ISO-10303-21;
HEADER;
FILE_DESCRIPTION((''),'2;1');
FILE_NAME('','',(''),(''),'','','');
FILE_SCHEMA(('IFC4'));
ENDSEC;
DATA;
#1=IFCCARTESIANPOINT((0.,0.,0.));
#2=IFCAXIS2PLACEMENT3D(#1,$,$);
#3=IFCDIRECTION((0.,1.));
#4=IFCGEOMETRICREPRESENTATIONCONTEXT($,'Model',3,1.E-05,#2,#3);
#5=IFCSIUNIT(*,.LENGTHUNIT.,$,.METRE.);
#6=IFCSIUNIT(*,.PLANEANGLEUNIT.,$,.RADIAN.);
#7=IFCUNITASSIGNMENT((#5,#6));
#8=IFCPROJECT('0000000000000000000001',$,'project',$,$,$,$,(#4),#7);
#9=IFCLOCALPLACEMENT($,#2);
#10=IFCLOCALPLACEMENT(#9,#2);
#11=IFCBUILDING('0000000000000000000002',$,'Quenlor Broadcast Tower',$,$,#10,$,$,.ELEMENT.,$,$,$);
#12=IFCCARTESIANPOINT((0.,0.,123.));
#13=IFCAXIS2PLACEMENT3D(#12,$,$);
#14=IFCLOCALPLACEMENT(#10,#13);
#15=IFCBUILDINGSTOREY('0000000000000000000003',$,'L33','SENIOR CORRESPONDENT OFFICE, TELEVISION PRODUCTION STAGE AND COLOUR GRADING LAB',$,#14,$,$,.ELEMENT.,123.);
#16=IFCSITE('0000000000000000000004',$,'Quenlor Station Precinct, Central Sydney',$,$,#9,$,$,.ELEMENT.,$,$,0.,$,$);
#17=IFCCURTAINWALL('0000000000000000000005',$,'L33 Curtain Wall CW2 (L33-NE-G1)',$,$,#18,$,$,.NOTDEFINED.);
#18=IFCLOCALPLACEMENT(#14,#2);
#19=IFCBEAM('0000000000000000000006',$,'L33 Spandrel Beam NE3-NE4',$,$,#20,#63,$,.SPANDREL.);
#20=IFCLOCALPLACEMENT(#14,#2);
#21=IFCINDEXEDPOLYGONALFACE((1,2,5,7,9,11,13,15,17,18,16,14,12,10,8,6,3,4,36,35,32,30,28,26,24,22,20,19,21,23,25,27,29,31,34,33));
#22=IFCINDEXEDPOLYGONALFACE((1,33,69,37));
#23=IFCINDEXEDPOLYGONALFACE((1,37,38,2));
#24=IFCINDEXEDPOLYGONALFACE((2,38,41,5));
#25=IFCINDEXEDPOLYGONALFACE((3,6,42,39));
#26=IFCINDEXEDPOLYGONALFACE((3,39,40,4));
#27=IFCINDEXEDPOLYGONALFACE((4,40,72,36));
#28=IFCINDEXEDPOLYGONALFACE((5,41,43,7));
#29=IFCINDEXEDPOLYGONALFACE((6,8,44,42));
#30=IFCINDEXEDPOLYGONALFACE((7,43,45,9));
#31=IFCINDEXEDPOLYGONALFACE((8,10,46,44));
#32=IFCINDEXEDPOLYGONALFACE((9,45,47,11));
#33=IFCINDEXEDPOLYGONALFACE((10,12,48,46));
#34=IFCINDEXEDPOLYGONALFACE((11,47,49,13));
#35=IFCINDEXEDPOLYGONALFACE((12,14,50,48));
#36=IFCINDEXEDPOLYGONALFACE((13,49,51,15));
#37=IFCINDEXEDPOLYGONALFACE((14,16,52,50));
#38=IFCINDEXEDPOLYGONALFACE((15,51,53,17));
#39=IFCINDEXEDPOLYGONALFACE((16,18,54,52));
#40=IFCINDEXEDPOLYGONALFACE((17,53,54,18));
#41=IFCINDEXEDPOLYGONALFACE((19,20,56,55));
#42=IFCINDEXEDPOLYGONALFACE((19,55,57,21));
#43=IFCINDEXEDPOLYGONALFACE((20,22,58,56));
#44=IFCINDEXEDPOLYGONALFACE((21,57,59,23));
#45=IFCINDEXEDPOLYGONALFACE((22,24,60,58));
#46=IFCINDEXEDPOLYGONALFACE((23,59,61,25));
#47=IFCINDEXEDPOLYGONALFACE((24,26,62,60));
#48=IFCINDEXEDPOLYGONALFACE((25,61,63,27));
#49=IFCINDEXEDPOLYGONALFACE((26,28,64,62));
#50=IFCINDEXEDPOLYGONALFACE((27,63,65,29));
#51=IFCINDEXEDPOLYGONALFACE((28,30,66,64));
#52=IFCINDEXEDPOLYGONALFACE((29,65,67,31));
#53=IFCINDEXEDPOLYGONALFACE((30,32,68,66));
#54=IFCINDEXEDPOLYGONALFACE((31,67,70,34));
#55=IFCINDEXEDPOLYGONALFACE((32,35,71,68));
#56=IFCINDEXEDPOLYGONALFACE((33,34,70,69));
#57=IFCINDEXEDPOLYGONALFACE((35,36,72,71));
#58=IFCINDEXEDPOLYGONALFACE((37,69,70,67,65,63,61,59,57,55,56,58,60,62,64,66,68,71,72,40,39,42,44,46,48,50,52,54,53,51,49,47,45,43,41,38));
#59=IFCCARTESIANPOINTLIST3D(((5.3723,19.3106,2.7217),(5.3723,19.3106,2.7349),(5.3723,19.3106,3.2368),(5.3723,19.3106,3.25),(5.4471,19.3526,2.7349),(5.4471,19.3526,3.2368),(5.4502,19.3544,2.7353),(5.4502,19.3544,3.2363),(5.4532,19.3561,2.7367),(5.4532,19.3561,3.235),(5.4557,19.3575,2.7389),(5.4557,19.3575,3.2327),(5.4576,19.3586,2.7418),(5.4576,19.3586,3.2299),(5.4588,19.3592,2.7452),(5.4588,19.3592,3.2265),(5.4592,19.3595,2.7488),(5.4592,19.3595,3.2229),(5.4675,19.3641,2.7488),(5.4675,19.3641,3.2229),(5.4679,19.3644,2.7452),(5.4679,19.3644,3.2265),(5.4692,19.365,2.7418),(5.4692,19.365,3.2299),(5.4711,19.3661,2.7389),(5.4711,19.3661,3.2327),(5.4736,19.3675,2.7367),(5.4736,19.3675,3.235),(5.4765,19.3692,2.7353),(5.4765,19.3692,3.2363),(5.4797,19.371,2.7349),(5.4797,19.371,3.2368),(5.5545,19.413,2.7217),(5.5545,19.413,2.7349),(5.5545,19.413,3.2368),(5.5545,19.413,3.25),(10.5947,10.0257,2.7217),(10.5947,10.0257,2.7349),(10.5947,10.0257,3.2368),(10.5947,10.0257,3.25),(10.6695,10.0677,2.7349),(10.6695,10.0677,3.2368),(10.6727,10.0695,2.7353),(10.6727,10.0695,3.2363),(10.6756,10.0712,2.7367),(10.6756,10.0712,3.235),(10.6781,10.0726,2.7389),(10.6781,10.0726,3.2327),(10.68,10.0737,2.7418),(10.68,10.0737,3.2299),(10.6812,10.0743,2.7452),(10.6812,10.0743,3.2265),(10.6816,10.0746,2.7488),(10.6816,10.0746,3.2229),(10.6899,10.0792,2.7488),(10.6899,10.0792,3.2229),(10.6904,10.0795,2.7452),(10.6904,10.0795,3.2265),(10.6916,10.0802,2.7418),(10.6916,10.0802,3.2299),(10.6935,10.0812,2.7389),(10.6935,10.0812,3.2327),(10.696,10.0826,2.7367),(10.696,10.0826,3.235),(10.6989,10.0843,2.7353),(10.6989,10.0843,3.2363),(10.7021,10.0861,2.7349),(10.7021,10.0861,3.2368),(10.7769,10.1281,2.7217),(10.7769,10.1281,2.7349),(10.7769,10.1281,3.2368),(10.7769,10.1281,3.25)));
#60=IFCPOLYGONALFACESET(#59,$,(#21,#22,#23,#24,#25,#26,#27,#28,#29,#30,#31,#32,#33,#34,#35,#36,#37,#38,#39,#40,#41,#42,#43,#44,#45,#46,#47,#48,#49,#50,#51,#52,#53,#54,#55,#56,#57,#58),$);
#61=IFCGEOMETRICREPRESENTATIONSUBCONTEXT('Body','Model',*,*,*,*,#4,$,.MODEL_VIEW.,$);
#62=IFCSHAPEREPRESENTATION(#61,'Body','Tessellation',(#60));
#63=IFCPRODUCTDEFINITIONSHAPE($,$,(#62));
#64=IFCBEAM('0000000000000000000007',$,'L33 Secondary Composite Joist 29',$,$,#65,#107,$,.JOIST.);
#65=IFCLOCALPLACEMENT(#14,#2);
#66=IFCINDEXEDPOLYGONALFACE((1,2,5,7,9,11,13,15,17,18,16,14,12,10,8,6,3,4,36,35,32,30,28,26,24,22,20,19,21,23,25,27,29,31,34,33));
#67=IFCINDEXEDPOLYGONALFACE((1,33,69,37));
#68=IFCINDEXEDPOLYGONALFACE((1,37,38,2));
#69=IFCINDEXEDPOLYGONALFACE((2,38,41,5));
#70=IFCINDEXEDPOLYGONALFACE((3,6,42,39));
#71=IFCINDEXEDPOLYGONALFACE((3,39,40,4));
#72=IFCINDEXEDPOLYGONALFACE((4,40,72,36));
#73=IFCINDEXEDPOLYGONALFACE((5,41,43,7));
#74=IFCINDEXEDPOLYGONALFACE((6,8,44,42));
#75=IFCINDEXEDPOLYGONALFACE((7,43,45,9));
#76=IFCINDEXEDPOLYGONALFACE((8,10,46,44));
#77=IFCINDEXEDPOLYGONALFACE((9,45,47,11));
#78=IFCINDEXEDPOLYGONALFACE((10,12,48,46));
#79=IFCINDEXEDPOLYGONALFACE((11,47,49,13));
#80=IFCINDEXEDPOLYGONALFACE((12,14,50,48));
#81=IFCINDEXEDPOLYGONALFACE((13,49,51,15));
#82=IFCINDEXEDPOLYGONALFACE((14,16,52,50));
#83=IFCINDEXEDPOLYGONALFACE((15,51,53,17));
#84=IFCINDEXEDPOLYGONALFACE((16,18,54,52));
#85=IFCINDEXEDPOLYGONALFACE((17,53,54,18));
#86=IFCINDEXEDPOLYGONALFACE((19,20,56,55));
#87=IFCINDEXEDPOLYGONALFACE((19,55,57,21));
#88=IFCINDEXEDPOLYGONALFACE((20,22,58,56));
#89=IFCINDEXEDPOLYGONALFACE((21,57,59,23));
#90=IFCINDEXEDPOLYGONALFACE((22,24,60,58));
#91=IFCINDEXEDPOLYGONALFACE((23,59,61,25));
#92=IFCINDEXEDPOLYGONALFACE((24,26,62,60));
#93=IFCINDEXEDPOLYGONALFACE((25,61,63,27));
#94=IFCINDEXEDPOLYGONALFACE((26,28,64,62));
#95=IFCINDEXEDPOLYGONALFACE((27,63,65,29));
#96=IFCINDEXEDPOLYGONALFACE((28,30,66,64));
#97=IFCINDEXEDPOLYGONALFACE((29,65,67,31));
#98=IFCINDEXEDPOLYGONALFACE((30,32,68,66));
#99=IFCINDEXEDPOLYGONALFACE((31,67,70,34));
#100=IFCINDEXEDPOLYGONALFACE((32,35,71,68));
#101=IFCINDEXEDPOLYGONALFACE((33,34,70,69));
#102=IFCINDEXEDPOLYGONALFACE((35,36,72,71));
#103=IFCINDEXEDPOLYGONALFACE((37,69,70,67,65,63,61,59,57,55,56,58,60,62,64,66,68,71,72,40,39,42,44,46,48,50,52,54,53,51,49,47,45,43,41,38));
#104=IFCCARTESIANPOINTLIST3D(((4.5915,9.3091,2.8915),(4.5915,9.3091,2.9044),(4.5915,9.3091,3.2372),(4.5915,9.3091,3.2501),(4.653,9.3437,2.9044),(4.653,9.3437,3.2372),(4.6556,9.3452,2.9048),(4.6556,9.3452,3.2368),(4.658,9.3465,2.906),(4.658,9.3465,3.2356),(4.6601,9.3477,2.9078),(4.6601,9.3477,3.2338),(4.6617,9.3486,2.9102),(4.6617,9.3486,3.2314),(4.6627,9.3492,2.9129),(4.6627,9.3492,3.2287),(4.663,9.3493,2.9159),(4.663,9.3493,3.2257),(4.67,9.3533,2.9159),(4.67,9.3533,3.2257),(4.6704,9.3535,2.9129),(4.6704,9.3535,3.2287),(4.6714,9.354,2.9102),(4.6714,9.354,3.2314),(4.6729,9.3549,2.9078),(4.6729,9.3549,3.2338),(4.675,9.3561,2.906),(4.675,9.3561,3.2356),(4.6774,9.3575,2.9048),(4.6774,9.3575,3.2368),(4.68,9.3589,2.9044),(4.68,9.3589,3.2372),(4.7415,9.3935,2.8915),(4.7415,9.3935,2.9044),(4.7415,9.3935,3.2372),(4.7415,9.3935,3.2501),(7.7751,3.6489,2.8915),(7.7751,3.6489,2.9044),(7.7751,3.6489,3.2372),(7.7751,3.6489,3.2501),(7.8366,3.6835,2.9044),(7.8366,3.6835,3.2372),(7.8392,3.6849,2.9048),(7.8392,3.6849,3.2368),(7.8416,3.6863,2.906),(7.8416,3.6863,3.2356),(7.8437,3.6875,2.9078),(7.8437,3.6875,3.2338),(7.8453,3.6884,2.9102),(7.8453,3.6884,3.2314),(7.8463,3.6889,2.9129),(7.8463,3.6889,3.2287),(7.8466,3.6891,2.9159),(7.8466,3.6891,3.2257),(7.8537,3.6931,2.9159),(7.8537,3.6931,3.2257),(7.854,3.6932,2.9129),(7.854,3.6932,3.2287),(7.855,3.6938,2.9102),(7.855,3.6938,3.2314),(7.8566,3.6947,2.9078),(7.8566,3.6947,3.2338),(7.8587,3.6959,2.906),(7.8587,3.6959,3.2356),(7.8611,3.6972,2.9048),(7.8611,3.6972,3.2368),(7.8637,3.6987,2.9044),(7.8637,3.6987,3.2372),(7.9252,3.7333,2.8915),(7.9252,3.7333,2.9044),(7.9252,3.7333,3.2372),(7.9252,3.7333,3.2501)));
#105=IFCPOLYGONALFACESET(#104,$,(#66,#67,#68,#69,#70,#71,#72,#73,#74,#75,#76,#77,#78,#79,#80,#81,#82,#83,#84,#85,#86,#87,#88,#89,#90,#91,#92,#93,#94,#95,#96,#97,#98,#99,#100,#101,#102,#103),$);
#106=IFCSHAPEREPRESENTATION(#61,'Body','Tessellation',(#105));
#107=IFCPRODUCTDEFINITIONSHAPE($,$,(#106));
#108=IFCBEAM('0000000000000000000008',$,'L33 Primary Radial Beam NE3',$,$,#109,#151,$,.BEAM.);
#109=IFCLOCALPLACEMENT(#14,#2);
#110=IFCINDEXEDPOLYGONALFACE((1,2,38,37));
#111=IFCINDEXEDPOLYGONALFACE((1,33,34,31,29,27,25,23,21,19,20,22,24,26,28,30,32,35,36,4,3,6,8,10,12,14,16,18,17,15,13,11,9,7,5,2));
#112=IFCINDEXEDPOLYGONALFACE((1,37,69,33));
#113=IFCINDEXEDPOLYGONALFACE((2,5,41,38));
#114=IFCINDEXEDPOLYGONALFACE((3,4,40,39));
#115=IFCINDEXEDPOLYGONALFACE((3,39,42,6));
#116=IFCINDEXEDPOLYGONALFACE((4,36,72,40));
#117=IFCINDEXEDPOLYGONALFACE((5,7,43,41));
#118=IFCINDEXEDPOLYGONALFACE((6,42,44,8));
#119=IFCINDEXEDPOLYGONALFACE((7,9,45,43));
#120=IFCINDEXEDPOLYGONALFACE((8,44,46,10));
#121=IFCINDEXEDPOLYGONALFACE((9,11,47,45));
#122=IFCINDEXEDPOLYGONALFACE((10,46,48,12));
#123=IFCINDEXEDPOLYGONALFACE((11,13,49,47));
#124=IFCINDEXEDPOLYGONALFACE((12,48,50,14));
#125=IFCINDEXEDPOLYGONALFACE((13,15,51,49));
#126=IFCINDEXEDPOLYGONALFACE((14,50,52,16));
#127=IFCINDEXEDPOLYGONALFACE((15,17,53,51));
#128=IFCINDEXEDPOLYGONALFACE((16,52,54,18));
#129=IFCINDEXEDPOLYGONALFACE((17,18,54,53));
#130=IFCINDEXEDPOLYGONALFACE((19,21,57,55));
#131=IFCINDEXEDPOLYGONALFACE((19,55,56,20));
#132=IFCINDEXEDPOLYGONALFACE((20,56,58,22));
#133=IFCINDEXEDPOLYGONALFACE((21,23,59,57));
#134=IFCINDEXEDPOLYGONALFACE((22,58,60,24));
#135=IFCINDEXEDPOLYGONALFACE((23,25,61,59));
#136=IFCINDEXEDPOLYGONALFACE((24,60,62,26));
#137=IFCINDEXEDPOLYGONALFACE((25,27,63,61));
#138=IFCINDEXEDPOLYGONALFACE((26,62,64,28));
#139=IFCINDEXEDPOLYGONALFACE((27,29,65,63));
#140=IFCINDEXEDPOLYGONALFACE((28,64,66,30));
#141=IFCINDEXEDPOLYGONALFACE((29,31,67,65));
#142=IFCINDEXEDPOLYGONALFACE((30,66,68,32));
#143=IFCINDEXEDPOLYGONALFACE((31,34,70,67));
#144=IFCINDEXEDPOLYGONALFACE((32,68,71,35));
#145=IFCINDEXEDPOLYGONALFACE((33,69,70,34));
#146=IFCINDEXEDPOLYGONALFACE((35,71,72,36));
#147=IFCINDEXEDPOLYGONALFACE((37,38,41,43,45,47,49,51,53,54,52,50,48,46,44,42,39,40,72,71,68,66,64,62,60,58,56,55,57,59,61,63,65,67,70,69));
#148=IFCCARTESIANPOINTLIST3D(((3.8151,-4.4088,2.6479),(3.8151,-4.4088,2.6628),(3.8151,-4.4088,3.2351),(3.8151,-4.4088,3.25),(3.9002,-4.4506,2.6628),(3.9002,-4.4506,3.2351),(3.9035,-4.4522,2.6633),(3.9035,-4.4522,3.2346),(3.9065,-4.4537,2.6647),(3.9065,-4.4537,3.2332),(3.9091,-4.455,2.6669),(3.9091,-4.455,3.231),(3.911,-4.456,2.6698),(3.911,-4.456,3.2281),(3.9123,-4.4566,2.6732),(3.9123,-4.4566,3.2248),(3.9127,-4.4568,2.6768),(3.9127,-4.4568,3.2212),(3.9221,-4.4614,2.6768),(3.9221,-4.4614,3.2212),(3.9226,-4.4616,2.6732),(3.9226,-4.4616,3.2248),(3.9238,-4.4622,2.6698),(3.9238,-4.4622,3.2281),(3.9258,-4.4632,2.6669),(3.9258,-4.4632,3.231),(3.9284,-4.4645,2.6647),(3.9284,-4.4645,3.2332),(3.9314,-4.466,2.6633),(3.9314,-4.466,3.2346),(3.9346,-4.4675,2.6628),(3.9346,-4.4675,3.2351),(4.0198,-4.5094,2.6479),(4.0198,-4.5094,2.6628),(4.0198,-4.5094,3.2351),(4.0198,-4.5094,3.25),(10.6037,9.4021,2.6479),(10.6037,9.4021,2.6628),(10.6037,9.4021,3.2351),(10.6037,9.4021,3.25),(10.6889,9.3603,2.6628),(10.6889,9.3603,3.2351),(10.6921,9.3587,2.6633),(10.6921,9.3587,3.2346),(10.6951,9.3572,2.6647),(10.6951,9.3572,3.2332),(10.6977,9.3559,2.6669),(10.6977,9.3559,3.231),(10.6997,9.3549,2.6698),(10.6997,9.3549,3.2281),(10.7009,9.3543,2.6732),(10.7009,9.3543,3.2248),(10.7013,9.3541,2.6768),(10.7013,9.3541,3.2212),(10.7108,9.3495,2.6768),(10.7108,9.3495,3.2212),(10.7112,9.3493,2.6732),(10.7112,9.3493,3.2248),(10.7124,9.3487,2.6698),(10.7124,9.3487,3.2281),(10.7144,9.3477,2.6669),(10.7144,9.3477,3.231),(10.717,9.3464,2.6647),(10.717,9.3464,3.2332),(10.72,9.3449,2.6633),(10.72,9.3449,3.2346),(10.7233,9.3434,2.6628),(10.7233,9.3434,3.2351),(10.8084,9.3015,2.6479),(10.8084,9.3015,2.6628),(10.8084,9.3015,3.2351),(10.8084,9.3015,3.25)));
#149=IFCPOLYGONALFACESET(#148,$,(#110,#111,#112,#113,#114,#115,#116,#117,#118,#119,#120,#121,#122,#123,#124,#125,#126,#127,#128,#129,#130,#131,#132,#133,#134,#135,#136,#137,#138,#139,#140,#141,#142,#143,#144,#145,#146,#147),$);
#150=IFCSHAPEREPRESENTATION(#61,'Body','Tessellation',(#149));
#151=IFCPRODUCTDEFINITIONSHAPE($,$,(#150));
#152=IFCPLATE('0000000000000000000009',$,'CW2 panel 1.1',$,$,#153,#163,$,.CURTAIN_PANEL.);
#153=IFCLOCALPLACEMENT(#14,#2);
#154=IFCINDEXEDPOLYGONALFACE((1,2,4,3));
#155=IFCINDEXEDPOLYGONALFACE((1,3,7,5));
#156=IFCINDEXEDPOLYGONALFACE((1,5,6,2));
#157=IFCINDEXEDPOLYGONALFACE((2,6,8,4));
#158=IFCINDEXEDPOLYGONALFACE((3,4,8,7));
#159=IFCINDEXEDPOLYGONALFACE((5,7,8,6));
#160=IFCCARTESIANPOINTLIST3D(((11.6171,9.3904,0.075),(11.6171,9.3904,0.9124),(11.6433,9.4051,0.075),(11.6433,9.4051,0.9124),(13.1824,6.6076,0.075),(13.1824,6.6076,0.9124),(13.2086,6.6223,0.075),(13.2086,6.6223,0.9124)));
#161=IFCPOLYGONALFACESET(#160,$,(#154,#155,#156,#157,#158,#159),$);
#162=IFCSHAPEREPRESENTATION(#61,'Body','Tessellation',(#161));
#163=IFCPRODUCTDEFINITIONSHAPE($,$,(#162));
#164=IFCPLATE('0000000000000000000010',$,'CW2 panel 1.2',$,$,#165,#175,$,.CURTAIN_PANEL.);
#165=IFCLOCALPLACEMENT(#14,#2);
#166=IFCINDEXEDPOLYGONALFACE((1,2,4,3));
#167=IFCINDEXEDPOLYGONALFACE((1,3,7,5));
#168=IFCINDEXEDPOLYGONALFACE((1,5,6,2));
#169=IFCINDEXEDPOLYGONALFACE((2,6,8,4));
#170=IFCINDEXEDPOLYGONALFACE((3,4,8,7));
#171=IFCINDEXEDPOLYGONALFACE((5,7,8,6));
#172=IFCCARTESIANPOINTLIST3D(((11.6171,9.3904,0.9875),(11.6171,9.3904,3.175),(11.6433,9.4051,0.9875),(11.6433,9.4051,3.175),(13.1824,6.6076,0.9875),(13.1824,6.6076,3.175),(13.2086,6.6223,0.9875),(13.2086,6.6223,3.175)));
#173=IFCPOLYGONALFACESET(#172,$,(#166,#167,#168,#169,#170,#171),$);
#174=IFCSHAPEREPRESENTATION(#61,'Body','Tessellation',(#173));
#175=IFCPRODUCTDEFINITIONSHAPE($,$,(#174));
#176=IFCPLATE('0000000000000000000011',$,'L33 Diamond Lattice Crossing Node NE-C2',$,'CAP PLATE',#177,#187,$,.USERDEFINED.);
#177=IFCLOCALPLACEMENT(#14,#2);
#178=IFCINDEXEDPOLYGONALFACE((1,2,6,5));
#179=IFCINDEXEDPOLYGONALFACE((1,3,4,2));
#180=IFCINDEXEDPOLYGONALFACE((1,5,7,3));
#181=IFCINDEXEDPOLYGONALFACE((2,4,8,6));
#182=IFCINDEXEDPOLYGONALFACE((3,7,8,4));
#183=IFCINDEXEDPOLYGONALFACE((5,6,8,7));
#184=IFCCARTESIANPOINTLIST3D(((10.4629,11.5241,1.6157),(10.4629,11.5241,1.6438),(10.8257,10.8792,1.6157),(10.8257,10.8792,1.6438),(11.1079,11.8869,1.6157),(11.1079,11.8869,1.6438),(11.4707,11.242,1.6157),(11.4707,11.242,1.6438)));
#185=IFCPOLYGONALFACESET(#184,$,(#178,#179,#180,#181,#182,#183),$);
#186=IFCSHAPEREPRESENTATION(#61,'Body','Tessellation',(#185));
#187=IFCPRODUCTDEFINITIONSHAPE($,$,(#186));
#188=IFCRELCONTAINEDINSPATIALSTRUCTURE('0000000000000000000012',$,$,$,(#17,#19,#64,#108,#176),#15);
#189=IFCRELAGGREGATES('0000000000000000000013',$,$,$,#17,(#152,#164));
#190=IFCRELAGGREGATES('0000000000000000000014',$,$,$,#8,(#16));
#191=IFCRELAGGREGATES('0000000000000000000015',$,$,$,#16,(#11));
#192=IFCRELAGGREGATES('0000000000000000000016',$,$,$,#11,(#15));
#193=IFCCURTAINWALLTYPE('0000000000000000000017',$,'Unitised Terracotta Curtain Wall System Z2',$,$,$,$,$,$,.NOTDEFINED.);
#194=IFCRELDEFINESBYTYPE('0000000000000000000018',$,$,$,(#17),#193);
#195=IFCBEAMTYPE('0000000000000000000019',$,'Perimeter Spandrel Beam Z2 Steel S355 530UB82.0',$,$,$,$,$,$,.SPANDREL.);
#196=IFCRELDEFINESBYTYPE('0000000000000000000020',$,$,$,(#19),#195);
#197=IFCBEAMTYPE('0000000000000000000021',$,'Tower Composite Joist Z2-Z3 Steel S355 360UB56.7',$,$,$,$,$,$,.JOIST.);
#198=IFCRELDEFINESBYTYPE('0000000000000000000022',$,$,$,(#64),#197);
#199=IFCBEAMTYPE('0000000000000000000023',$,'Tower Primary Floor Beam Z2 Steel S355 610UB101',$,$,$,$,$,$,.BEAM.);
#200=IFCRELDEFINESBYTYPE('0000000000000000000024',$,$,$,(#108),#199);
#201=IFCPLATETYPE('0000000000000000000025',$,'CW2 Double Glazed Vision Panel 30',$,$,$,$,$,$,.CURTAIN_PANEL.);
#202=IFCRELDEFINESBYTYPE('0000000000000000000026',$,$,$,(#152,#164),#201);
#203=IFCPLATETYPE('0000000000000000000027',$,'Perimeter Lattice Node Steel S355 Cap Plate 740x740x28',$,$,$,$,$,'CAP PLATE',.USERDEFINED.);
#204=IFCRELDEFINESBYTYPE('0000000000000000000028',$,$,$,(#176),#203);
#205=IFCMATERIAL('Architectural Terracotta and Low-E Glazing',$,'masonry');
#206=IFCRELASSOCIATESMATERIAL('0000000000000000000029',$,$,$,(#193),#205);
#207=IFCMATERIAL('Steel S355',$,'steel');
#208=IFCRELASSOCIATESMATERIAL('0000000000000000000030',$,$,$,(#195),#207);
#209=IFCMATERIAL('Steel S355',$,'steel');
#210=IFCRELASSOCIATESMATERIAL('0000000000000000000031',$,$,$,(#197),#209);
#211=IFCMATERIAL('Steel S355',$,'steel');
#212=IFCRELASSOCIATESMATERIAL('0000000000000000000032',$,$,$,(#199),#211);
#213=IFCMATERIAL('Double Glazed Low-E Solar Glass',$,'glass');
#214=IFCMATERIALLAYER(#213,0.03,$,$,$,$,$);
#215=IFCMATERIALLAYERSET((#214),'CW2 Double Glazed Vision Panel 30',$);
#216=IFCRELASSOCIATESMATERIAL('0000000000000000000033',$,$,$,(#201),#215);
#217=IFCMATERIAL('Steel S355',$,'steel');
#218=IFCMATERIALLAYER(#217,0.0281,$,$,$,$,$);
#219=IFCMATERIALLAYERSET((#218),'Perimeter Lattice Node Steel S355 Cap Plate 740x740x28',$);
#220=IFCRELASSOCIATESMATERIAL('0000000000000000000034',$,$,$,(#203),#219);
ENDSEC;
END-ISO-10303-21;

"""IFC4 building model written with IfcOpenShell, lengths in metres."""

from ifc_helpers import new_model, si_unit, direction, frame, origin, origin_2d, place, context, subcontext, project, spatial, rectangle, i_section, extrude, material, layer, layer_set, material_profile, profile_set, type_object, element, aggregate, save


model = new_model("IFC4")

# Units and contexts
model_context = context("Model", 3, precision=1e-05, world=origin(), true_north=direction((0.0, 1.0)))
body_context = subcontext(model_context, "Body", "Model", "MODEL_VIEW")
ifc_project = project(units=[si_unit("LENGTHUNIT", "METRE"), si_unit("PLANEANGLEUNIT", "RADIAN")], contexts=[model_context])

# Site, building, storey
site_placement = place(None, origin())
site = spatial("IfcSite", under=ifc_project, at=site_placement, Name="Quenlor Station Precinct, Central Sydney", CompositionType="ELEMENT", RefElevation=0.0)
building_placement = place(site_placement, origin())
building = spatial("IfcBuilding", under=site, at=building_placement, Name="Quenlor Broadcast Tower", CompositionType="ELEMENT")
storey_placement = place(building_placement, frame((0.0, 0.0, 123.0)))
storey = spatial("IfcBuildingStorey", under=building, at=storey_placement, Name="L33", Description="SENIOR CORRESPONDENT OFFICE, TELEVISION PRODUCTION STAGE AND COLOUR GRADING LAB", CompositionType="ELEMENT", Elevation=123.0)

# Shared definitions
ifc_material_1 = material(Name="Architectural Terracotta and Low-E Glazing", Category="masonry")
curtain_wall_type = type_object("IfcCurtainWallType", Name="Unitised Terracotta Curtain Wall System Z2", PredefinedType="NOTDEFINED", material=ifc_material_1)

# Curtain wall
curtain_wall_1_placement = place(storey_placement, origin())
curtain_wall_1 = element("IfcCurtainWall", 1, at=curtain_wall_1_placement, inside=storey, type_object=curtain_wall_type, Name="L33 Curtain Wall CW2 (L33-NE-G1)", PredefinedType="NOTDEFINED")

# Beams
ifc_material_2 = material(Name="Steel S355", Category="steel")
ifc_material_profile_1 = material_profile(ifc_material_2, i_section(OverallWidth=0.209, OverallDepth=0.5283, WebThickness=0.0095, FlangeThickness=0.0132, FilletRadius=0.0139, at=origin_2d()))
ifc_profile_set_1 = profile_set([ifc_material_profile_1], Name="Steel S355 530UB82.0")
beam_type_1 = type_object("IfcBeamType", Name="Perimeter Spandrel Beam Z2 Steel S355 530UB82.0", PredefinedType="SPANDREL", material=ifc_profile_set_1)
beam_1_placement = place(storey_placement, frame((10.6858, 10.0769, 2.9858), z_axis=(-0.490236, 0.87159, 0.0), x_axis=(-0.87159, -0.490236, 0.0)))
element("IfcBeam", 2, at=beam_1_placement, inside=storey, type_object=beam_type_1, Name="L33 Spandrel Beam NE3-NE4", PredefinedType="SPANDREL", context=body_context, shape_type="SweptSolid", body=[
    extrude(i_section(OverallWidth=0.209, OverallDepth=0.5283, WebThickness=0.0095, FlangeThickness=0.0132, FilletRadius=0.0139, at=origin_2d()), origin(), (0.0, 0.0, 1.0), 10.6528),
])
ifc_material_3 = material(Name="Steel S355", Category="steel")
ifc_material_profile_2 = material_profile(ifc_material_3, i_section(OverallWidth=0.1721, OverallDepth=0.3586, WebThickness=0.0081, FlangeThickness=0.0129, FilletRadius=0.0115, at=origin_2d()))
ifc_profile_set_2 = profile_set([ifc_material_profile_2], Name="Steel S355 360UB56.7")
beam_type_2 = type_object("IfcBeamType", Name="Tower Composite Joist Z2-Z3 Steel S355 360UB56.7", PredefinedType="JOIST", material=ifc_profile_set_2)
beam_2_placement = place(storey_placement, frame((4.6665, 9.3513, 3.0708), z_axis=(0.490233, -0.871592, 0.0), x_axis=(0.871592, 0.490233, 0.0)))
element("IfcBeam", 3, at=beam_2_placement, inside=storey, type_object=beam_type_2, Name="L33 Secondary Composite Joist 29", PredefinedType="JOIST", context=body_context, shape_type="SweptSolid", body=[
    extrude(i_section(OverallWidth=0.1721, OverallDepth=0.3586, WebThickness=0.0081, FlangeThickness=0.0129, FilletRadius=0.0115, at=origin_2d()), origin(), (0.0, 0.0, 1.0), 6.4941),
])
ifc_material_4 = material(Name="Steel S355", Category="steel")
ifc_material_profile_3 = material_profile(ifc_material_4, i_section(OverallWidth=0.228, OverallDepth=0.6021, WebThickness=0.0105, FlangeThickness=0.0149, FilletRadius=0.0139, at=origin_2d()))
ifc_profile_set_3 = profile_set([ifc_material_profile_3], Name="Steel S355 610UB101")
beam_type_3 = type_object("IfcBeamType", Name="Tower Primary Floor Beam Z2 Steel S355 610UB101", PredefinedType="BEAM", material=ifc_profile_set_3)
beam_3_placement = place(storey_placement, frame((10.7061, 9.3518, 2.949), z_axis=(-0.44113, -0.897443, 0.0), x_axis=(0.897443, -0.44113, 0.0)))
element("IfcBeam", 4, at=beam_3_placement, inside=storey, type_object=beam_type_3, Name="L33 Primary Radial Beam NE3", PredefinedType="BEAM", context=body_context, shape_type="SweptSolid", body=[
    extrude(i_section(OverallWidth=0.228, OverallDepth=0.6021, WebThickness=0.0105, FlangeThickness=0.0149, FilletRadius=0.0139, at=origin_2d()), origin(), (0.0, 0.0, 1.0), 15.3892),
])

# Plates
ifc_material_5 = material(Name="Double Glazed Low-E Solar Glass", Category="glass")
ifc_layer_1 = layer(ifc_material_5, 0.03)
ifc_layer_set_1 = layer_set([ifc_layer_1], Name="CW2 Double Glazed Vision Panel 30")
plate_type_1 = type_object("IfcPlateType", Name="CW2 Double Glazed Vision Panel 30", PredefinedType="CURTAIN_PANEL", material=ifc_layer_set_1)
plate_1_placement = place(storey_placement, frame((12.4128, 8.0063, 0.075), z_axis=(0.0, 0.0, 1.0), x_axis=(0.490261, -0.871576, 0.0)))
plate_1 = element("IfcPlate", 5, at=plate_1_placement, type_object=plate_type_1, Name="CW2 panel 1.1", PredefinedType="CURTAIN_PANEL", context=body_context, shape_type="SweptSolid", body=[
    extrude(rectangle(XDim=3.1929, YDim=0.03, at=origin_2d()), origin(), (0.0, 0.0, 1.0), 0.8374),
])
plate_2_placement = place(storey_placement, frame((12.4128, 8.0063, 0.9875), z_axis=(0.0, 0.0, 1.0), x_axis=(0.490261, -0.871576, 0.0)))
plate_2 = element("IfcPlate", 6, at=plate_2_placement, type_object=plate_type_1, Name="CW2 panel 1.2", PredefinedType="CURTAIN_PANEL", context=body_context, shape_type="SweptSolid", body=[
    extrude(rectangle(XDim=3.1929, YDim=0.03, at=origin_2d()), origin(), (0.0, 0.0, 1.0), 2.1875),
])
aggregate(curtain_wall_1, [plate_1, plate_2])

# Plate
ifc_material_6 = material(Name="Steel S355", Category="steel")
ifc_layer_2 = layer(ifc_material_6, 0.0281)
ifc_layer_set_2 = layer_set([ifc_layer_2], Name="Perimeter Lattice Node Steel S355 Cap Plate 740x740x28")
plate_type_2 = type_object("IfcPlateType", Name="Perimeter Lattice Node Steel S355 Cap Plate 740x740x28", ElementType="CAP PLATE", PredefinedType="USERDEFINED", material=ifc_layer_set_2)
for number, where, z_axis, x_axis, name in (
    (7, (10.9668, 11.3831, 1.6157), (0.0, 0.0, 1.0), (0.490295, -0.871556, 0.0), "L33 Diamond Lattice Crossing Node NE-C2"),
):
    element("IfcPlate", number, at=place(storey_placement, frame(where, z_axis=z_axis, x_axis=x_axis)), inside=storey, type_object=plate_type_2, Name=name, ObjectType="CAP PLATE", PredefinedType="USERDEFINED", context=body_context, shape_type="SweptSolid", body=[
        extrude(rectangle(XDim=0.74, YDim=0.74, at=origin_2d()), origin(), (0.0, 0.0, 1.0), 0.0281),
    ])

save(model, "model.ifc")
